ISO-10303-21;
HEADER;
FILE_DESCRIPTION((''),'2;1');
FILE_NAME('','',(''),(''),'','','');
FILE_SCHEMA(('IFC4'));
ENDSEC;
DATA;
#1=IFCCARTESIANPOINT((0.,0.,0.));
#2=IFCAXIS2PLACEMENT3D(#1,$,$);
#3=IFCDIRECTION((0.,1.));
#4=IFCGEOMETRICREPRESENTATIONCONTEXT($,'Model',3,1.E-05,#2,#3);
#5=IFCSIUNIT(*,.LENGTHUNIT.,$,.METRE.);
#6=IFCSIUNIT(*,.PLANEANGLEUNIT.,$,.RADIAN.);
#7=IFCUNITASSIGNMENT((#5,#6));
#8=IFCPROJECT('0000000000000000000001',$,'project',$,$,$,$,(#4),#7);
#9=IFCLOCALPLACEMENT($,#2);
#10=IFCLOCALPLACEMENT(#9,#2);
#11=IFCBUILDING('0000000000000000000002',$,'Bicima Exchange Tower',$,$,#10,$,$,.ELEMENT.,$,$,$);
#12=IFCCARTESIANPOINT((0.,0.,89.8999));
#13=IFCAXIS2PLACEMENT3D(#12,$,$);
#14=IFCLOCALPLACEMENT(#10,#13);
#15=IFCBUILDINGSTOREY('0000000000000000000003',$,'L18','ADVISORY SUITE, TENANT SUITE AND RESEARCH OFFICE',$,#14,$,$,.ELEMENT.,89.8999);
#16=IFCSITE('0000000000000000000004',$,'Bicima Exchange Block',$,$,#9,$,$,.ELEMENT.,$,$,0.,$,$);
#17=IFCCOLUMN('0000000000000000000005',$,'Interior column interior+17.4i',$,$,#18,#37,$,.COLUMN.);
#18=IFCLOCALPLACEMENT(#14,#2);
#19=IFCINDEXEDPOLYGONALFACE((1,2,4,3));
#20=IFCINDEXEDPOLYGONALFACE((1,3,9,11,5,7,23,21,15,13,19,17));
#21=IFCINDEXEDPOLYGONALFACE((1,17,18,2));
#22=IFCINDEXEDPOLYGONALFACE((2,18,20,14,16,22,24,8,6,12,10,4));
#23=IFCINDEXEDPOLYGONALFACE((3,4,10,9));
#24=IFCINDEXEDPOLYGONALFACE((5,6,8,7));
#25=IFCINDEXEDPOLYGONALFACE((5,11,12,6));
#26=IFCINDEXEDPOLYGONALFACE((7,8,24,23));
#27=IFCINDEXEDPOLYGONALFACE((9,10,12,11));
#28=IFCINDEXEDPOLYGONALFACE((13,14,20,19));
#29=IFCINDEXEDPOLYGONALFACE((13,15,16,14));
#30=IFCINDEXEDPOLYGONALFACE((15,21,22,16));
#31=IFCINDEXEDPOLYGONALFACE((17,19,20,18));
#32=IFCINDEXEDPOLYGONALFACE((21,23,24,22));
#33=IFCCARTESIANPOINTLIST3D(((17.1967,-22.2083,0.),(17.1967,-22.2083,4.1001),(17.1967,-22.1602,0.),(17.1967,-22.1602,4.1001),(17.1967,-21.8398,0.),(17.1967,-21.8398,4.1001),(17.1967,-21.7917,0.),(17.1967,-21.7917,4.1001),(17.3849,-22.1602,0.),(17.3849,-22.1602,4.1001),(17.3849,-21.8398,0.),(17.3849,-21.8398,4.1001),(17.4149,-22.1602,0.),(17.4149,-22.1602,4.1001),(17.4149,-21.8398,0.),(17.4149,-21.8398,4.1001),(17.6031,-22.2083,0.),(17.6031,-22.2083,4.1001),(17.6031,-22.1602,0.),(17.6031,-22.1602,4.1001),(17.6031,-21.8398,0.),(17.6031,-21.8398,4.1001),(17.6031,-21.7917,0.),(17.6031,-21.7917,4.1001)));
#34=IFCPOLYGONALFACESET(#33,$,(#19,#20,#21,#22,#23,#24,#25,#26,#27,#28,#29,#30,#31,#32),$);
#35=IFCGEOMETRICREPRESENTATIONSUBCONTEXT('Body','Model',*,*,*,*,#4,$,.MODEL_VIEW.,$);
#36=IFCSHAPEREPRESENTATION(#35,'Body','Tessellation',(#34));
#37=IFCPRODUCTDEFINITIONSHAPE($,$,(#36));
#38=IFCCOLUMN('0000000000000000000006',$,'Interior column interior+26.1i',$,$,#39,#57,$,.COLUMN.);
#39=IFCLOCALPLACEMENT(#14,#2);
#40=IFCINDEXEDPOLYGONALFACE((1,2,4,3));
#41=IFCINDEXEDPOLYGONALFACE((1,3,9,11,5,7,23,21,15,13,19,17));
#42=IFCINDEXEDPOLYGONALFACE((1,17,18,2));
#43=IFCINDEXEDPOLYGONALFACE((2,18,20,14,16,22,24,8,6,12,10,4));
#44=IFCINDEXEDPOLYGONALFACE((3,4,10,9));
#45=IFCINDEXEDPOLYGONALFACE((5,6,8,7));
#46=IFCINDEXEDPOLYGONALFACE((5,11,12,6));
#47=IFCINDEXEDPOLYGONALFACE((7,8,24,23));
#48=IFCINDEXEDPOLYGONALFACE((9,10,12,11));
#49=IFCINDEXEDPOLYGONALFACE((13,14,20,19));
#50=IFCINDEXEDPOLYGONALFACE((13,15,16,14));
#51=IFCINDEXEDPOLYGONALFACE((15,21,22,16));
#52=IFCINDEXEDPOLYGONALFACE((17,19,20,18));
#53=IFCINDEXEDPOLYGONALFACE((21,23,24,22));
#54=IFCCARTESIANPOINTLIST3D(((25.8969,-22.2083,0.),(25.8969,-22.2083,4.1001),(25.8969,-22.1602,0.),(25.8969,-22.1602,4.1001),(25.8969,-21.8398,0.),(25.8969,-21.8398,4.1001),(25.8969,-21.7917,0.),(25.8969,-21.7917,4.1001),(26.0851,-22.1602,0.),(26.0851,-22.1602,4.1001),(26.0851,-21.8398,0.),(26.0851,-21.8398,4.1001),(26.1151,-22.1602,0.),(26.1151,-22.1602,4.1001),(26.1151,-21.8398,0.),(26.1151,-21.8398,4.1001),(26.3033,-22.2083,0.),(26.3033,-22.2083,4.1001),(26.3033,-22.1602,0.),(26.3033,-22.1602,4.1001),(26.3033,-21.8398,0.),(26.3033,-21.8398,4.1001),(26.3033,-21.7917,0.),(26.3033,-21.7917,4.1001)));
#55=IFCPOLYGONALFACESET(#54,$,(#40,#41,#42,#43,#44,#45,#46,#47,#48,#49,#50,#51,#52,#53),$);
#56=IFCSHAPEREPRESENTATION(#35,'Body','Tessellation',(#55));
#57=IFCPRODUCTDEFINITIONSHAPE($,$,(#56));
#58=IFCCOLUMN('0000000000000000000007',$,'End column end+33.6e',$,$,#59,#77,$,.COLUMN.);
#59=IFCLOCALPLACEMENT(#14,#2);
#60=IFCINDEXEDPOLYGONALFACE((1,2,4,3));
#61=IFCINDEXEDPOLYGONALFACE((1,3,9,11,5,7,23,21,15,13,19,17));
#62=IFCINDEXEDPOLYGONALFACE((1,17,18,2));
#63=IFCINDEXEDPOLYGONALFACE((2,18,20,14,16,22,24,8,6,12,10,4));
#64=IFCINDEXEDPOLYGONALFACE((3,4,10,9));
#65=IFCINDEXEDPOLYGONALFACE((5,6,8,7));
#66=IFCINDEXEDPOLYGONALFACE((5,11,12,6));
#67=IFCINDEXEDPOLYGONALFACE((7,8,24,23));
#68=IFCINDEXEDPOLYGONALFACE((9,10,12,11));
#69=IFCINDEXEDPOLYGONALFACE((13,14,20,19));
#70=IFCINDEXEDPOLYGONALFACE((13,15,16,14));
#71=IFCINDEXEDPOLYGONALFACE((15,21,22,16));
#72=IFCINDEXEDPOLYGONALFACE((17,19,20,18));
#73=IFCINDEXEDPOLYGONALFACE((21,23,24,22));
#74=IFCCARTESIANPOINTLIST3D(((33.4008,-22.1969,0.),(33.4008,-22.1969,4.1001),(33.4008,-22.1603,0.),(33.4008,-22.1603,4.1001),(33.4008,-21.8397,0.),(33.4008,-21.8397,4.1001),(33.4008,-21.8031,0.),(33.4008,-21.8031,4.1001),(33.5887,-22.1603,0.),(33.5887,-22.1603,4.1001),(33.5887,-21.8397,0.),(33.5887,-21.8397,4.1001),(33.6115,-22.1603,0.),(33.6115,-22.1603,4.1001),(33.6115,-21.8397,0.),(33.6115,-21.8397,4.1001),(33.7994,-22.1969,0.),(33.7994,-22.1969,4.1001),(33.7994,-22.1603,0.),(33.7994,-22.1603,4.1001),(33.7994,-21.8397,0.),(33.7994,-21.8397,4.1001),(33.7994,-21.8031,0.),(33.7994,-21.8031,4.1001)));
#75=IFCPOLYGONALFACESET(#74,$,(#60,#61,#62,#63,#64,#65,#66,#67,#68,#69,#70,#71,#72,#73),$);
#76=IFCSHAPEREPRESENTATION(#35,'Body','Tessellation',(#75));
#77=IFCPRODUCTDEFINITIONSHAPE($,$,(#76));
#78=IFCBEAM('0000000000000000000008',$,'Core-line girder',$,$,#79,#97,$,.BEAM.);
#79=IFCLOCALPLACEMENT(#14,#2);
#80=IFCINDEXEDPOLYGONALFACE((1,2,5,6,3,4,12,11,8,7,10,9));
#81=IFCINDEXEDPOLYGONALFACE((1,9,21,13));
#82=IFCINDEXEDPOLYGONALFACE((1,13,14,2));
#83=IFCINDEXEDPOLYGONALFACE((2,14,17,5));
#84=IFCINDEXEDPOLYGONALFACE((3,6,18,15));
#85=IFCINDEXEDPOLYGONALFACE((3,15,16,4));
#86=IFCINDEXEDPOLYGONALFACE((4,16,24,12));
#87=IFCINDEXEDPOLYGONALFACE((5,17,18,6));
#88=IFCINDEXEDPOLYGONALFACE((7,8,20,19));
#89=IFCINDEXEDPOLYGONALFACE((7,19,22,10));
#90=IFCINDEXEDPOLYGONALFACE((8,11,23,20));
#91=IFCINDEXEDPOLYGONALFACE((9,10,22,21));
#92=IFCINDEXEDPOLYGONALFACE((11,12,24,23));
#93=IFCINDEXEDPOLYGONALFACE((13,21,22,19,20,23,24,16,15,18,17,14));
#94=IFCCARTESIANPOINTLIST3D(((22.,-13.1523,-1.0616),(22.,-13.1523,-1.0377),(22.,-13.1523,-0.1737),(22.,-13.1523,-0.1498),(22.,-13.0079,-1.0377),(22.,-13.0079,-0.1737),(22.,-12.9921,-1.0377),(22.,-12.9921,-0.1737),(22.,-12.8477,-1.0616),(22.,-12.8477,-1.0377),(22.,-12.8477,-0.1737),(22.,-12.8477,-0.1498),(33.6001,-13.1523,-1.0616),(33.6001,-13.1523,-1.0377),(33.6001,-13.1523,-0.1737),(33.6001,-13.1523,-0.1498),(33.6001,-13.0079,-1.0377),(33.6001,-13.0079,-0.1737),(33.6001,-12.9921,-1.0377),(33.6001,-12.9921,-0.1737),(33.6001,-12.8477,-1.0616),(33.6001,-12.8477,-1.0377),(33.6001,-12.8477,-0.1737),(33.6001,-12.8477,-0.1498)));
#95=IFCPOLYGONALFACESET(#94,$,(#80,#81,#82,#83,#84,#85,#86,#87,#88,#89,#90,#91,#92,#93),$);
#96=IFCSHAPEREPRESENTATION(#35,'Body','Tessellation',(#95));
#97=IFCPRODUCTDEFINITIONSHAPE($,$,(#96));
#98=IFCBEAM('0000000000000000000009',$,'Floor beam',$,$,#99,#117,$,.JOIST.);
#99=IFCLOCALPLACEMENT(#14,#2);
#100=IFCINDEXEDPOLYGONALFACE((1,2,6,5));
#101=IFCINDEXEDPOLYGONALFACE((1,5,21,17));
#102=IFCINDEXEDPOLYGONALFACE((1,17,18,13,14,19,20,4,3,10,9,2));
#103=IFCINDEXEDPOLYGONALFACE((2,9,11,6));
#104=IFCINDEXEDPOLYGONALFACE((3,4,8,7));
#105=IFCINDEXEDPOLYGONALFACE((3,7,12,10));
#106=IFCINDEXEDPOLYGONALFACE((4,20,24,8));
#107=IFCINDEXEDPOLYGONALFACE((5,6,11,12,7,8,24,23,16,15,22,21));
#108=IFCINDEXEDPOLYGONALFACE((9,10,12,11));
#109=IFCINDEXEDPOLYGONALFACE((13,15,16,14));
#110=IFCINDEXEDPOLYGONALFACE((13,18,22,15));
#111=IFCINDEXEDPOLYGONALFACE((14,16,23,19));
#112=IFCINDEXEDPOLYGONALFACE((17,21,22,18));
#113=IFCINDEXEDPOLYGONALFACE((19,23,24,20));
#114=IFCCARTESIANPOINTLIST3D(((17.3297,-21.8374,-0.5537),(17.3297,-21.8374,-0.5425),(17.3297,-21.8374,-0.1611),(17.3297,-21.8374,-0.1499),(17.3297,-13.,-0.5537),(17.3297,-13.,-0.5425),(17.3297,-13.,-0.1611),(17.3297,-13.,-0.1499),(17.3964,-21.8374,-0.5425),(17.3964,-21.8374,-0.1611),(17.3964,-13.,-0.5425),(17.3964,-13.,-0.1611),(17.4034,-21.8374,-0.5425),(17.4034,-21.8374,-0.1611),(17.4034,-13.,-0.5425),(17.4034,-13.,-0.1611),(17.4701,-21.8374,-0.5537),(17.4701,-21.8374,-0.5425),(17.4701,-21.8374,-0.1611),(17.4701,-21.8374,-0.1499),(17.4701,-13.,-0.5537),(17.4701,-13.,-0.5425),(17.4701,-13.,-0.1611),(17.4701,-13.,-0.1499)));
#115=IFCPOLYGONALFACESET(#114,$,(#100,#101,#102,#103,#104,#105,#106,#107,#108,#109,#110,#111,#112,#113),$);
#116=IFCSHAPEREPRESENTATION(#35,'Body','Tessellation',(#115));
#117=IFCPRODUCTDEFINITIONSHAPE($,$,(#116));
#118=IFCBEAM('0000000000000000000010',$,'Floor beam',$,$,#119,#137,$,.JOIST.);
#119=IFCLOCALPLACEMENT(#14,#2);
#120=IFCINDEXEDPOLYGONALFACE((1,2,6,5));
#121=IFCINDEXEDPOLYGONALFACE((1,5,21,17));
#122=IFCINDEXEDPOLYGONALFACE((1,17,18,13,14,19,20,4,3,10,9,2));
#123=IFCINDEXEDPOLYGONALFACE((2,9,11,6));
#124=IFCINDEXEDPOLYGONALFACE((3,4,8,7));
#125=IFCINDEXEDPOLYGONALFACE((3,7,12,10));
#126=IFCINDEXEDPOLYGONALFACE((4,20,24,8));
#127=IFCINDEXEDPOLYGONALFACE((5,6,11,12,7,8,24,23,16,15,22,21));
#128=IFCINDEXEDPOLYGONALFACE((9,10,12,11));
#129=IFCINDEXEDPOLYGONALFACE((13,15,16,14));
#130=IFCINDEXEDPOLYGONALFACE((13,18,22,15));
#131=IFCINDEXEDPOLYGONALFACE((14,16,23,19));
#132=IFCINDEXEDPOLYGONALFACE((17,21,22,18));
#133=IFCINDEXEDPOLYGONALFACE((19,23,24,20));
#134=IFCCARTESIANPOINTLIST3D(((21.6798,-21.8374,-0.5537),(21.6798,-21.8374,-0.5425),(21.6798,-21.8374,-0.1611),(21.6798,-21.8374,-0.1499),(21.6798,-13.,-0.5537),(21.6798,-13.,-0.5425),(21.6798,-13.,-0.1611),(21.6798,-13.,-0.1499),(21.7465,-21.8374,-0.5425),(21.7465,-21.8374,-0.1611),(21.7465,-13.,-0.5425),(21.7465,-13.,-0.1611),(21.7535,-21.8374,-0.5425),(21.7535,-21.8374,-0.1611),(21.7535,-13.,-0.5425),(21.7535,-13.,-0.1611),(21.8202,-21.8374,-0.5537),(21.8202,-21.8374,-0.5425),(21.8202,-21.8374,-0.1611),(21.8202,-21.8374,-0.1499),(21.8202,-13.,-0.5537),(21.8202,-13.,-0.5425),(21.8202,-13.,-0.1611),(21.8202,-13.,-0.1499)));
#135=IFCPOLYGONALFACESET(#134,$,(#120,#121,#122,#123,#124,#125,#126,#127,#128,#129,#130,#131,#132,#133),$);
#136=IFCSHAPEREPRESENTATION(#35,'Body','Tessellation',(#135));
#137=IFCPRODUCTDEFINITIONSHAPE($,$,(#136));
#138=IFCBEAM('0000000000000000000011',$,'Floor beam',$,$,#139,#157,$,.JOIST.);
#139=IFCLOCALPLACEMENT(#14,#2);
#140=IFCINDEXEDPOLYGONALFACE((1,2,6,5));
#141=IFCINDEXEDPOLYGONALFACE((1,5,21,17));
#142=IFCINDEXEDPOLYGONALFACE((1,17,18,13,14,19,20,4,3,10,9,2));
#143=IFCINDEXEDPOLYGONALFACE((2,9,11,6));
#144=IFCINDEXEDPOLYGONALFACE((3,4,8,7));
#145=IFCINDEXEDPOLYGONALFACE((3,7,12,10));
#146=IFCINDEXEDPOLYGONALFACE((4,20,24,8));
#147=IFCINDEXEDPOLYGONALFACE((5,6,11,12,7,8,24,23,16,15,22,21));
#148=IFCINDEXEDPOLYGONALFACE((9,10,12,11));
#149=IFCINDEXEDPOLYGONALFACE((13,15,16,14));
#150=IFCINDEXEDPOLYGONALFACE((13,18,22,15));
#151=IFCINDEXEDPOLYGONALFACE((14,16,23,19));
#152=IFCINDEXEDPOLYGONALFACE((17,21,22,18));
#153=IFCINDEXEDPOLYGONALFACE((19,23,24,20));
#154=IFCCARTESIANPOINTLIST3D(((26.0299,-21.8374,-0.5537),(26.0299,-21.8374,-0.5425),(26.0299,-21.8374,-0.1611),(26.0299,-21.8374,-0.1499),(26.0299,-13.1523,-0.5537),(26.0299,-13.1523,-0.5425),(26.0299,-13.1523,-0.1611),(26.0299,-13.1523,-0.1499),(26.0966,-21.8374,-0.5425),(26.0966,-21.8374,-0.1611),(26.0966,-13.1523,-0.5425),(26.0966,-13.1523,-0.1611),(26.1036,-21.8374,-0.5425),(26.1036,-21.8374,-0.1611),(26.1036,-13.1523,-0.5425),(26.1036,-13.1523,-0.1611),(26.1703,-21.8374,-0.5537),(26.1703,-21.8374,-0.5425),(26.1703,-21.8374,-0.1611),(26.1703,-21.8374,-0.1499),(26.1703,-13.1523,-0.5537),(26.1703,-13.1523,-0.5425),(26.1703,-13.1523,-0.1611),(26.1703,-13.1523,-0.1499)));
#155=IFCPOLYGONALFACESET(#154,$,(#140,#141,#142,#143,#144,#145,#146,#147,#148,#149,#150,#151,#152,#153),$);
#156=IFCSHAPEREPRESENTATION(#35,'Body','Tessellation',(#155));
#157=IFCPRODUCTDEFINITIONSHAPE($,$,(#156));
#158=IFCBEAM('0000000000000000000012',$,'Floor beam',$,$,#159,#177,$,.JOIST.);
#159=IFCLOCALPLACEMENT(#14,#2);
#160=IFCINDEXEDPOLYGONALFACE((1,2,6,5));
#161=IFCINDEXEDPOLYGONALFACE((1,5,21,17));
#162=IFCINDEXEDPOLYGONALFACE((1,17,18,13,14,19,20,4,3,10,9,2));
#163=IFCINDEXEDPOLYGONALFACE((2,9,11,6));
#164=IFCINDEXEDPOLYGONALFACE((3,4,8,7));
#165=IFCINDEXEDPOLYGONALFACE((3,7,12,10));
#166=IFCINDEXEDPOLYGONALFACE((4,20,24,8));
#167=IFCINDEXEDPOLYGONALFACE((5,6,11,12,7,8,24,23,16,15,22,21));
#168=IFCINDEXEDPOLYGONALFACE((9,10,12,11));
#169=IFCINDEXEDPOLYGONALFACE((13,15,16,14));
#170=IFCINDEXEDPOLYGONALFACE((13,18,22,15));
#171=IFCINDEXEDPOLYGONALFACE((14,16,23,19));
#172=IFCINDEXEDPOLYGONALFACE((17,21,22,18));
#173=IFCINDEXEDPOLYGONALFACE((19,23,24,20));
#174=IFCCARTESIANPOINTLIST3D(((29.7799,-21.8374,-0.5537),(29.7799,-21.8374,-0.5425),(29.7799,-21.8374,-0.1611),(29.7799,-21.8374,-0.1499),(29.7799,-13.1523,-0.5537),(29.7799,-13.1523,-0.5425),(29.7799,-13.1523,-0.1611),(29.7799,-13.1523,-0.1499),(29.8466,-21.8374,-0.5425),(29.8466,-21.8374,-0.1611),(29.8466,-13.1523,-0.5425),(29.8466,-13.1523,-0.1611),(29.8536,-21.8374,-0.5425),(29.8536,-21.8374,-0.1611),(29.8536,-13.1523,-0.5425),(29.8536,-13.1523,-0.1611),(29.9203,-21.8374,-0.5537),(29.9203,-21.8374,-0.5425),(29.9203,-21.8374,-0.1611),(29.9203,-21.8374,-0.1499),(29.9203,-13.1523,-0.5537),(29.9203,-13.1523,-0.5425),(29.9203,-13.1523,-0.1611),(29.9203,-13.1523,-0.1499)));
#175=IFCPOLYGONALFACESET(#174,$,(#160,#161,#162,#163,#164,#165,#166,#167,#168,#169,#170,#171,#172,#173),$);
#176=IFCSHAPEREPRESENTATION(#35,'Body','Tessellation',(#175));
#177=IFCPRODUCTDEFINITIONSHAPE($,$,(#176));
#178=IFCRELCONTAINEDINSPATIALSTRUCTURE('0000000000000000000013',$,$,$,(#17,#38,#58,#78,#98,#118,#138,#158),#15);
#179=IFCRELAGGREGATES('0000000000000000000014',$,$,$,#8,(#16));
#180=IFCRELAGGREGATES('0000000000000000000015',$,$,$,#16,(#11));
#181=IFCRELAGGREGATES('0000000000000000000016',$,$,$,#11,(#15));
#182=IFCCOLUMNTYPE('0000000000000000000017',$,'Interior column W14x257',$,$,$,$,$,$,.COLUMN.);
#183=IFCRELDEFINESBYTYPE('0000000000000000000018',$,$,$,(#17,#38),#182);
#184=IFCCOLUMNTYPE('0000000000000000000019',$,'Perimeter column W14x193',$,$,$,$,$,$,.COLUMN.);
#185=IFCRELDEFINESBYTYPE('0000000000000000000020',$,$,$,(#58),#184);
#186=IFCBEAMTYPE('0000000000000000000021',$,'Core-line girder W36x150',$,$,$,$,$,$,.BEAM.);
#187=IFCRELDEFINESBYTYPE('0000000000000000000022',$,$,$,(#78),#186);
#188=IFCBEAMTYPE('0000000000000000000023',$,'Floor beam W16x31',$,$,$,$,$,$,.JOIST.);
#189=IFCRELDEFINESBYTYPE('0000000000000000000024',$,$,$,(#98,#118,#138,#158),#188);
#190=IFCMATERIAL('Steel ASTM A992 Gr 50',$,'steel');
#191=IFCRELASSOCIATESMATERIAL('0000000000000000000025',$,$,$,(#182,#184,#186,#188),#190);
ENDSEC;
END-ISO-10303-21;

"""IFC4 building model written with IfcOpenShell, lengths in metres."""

from ifc_helpers import new_model, si_unit, direction, frame, origin, origin_2d, place, context, subcontext, project, spatial, i_section, extrude, material, material_profile, profile_set, type_object, element, save


model = new_model("IFC4")

# Units and contexts
model_context = context("Model", 3, precision=1e-05, world=origin(), true_north=direction((0.0, 1.0)))
body_context = subcontext(model_context, "Body", "Model", "MODEL_VIEW")
ifc_project = project(units=[si_unit("LENGTHUNIT", "METRE"), si_unit("PLANEANGLEUNIT", "RADIAN")], contexts=[model_context])

# Site, building, storey
site_placement = place(None, origin())
site = spatial("IfcSite", under=ifc_project, at=site_placement, Name="Bicima Exchange Block", CompositionType="ELEMENT", RefElevation=0.0)
building_placement = place(site_placement, origin())
building = spatial("IfcBuilding", under=site, at=building_placement, Name="Bicima Exchange Tower", CompositionType="ELEMENT")
storey_placement = place(building_placement, frame((0.0, 0.0, 89.8999)))
storey = spatial("IfcBuildingStorey", under=building, at=storey_placement, Name="L18", Description="ADVISORY SUITE, TENANT SUITE AND RESEARCH OFFICE", CompositionType="ELEMENT", Elevation=89.8999)

# Columns
ifc_material_1 = material(Name="Steel ASTM A992 Gr 50", Category="steel")
ifc_material_profile_1 = material_profile(ifc_material_1, i_section(OverallWidth=0.4065, OverallDepth=0.4165, WebThickness=0.03, FlangeThickness=0.0481, at=origin_2d()))
ifc_profile_set_1 = profile_set([ifc_material_profile_1], Name="Steel ASTM A992 Gr 50")
column_type_1 = type_object("IfcColumnType", Name="Interior column W14x257", PredefinedType="COLUMN", material=ifc_profile_set_1)
for number, where, z_axis, x_axis, name in (
    (1, (17.3999, -22.0, 0.0), (0.0, 0.0, 1.0), (1.0, 0.0, 0.0), "Interior column interior+17.4i"),
    (2, (26.1001, -22.0, 0.0), (0.0, 0.0, 1.0), (1.0, 0.0, 0.0), "Interior column interior+26.1i"),
):
    element("IfcColumn", number, at=place(storey_placement, frame(where, z_axis=z_axis, x_axis=x_axis)), inside=storey, type_object=column_type_1, Name=name, PredefinedType="COLUMN", context=body_context, shape_type="SweptSolid", body=[
        extrude(i_section(OverallWidth=0.4065, OverallDepth=0.4165, WebThickness=0.03, FlangeThickness=0.0481, at=origin_2d()), origin(), (0.0, 0.0, 1.0), 4.1001),
    ])
ifc_material_profile_2 = material_profile(ifc_material_1, i_section(OverallWidth=0.3987, OverallDepth=0.3938, WebThickness=0.0227, FlangeThickness=0.0366, at=origin_2d()))
ifc_profile_set_2 = profile_set([ifc_material_profile_2], Name="Steel ASTM A992 Gr 50")
column_type_2 = type_object("IfcColumnType", Name="Perimeter column W14x193", PredefinedType="COLUMN", material=ifc_profile_set_2)
column_placement = place(storey_placement, frame((33.6001, -22.0, 0.0), z_axis=(0.0, 0.0, 1.0), x_axis=(1.0, 0.0, 0.0)))
element("IfcColumn", 3, at=column_placement, inside=storey, type_object=column_type_2, Name="End column end+33.6e", PredefinedType="COLUMN", context=body_context, shape_type="SweptSolid", body=[
    extrude(i_section(OverallWidth=0.3987, OverallDepth=0.3938, WebThickness=0.0227, FlangeThickness=0.0366, at=origin_2d()), origin(), (0.0, 0.0, 1.0), 4.1001),
])

# Beams
ifc_material_profile_3 = material_profile(ifc_material_1, i_section(OverallWidth=0.3047, OverallDepth=0.9119, WebThickness=0.0159, FlangeThickness=0.0239, at=origin_2d()))
ifc_profile_set_3 = profile_set([ifc_material_profile_3], Name="Steel ASTM A992 Gr 50")
beam_type_1 = type_object("IfcBeamType", Name="Core-line girder W36x150", PredefinedType="BEAM", material=ifc_profile_set_3)
beam_1_placement = place(storey_placement, frame((22.0, -13.0, -0.6057), z_axis=(1.0, 0.0, 0.0), x_axis=(0.0, 1.0, 0.0)))
element("IfcBeam", 4, at=beam_1_placement, inside=storey, type_object=beam_type_1, Name="Core-line girder", PredefinedType="BEAM", context=body_context, shape_type="SweptSolid", body=[
    extrude(i_section(OverallWidth=0.3047, OverallDepth=0.9119, WebThickness=0.0159, FlangeThickness=0.0239, at=origin_2d()), origin(), (0.0, 0.0, 1.0), 11.6001),
])
ifc_material_profile_4 = material_profile(ifc_material_1, i_section(OverallWidth=0.1404, OverallDepth=0.4038, WebThickness=0.0071, FlangeThickness=0.0112, at=origin_2d()))
ifc_profile_set_4 = profile_set([ifc_material_profile_4], Name="Steel ASTM A992 Gr 50")
beam_type_2 = type_object("IfcBeamType", Name="Floor beam W16x31", PredefinedType="JOIST", material=ifc_profile_set_4)
for number, where, z_axis, x_axis, name in (
    (5, (17.3999, -13.0, -0.3518), (0.0, -1.0, 0.0), (1.0, 0.0, 0.0), "Floor beam"),
    (6, (21.75, -13.0, -0.3518), (0.0, -1.0, 0.0), (1.0, 0.0, 0.0), "Floor beam"),
):
    element("IfcBeam", number, at=place(storey_placement, frame(where, z_axis=z_axis, x_axis=x_axis)), inside=storey, type_object=beam_type_2, Name=name, PredefinedType="JOIST", context=body_context, shape_type="SweptSolid", body=[
        extrude(i_section(OverallWidth=0.1404, OverallDepth=0.4038, WebThickness=0.0071, FlangeThickness=0.0112, at=origin_2d()), origin(), (0.0, 0.0, 1.0), 8.8374),
    ])
for number, where, z_axis, x_axis, name in (
    (7, (26.1001, -13.1523, -0.3518), (0.0, -1.0, 0.0), (1.0, 0.0, 0.0), "Floor beam"),
    (8, (29.8501, -13.1523, -0.3518), (0.0, -1.0, 0.0), (1.0, 0.0, 0.0), "Floor beam"),
):
    element("IfcBeam", number, at=place(storey_placement, frame(where, z_axis=z_axis, x_axis=x_axis)), inside=storey, type_object=beam_type_2, Name=name, PredefinedType="JOIST", context=body_context, shape_type="SweptSolid", body=[
        extrude(i_section(OverallWidth=0.1404, OverallDepth=0.4038, WebThickness=0.0071, FlangeThickness=0.0112, at=origin_2d()), origin(), (0.0, 0.0, 1.0), 8.6851),
    ])

save(model, "model.ifc")
